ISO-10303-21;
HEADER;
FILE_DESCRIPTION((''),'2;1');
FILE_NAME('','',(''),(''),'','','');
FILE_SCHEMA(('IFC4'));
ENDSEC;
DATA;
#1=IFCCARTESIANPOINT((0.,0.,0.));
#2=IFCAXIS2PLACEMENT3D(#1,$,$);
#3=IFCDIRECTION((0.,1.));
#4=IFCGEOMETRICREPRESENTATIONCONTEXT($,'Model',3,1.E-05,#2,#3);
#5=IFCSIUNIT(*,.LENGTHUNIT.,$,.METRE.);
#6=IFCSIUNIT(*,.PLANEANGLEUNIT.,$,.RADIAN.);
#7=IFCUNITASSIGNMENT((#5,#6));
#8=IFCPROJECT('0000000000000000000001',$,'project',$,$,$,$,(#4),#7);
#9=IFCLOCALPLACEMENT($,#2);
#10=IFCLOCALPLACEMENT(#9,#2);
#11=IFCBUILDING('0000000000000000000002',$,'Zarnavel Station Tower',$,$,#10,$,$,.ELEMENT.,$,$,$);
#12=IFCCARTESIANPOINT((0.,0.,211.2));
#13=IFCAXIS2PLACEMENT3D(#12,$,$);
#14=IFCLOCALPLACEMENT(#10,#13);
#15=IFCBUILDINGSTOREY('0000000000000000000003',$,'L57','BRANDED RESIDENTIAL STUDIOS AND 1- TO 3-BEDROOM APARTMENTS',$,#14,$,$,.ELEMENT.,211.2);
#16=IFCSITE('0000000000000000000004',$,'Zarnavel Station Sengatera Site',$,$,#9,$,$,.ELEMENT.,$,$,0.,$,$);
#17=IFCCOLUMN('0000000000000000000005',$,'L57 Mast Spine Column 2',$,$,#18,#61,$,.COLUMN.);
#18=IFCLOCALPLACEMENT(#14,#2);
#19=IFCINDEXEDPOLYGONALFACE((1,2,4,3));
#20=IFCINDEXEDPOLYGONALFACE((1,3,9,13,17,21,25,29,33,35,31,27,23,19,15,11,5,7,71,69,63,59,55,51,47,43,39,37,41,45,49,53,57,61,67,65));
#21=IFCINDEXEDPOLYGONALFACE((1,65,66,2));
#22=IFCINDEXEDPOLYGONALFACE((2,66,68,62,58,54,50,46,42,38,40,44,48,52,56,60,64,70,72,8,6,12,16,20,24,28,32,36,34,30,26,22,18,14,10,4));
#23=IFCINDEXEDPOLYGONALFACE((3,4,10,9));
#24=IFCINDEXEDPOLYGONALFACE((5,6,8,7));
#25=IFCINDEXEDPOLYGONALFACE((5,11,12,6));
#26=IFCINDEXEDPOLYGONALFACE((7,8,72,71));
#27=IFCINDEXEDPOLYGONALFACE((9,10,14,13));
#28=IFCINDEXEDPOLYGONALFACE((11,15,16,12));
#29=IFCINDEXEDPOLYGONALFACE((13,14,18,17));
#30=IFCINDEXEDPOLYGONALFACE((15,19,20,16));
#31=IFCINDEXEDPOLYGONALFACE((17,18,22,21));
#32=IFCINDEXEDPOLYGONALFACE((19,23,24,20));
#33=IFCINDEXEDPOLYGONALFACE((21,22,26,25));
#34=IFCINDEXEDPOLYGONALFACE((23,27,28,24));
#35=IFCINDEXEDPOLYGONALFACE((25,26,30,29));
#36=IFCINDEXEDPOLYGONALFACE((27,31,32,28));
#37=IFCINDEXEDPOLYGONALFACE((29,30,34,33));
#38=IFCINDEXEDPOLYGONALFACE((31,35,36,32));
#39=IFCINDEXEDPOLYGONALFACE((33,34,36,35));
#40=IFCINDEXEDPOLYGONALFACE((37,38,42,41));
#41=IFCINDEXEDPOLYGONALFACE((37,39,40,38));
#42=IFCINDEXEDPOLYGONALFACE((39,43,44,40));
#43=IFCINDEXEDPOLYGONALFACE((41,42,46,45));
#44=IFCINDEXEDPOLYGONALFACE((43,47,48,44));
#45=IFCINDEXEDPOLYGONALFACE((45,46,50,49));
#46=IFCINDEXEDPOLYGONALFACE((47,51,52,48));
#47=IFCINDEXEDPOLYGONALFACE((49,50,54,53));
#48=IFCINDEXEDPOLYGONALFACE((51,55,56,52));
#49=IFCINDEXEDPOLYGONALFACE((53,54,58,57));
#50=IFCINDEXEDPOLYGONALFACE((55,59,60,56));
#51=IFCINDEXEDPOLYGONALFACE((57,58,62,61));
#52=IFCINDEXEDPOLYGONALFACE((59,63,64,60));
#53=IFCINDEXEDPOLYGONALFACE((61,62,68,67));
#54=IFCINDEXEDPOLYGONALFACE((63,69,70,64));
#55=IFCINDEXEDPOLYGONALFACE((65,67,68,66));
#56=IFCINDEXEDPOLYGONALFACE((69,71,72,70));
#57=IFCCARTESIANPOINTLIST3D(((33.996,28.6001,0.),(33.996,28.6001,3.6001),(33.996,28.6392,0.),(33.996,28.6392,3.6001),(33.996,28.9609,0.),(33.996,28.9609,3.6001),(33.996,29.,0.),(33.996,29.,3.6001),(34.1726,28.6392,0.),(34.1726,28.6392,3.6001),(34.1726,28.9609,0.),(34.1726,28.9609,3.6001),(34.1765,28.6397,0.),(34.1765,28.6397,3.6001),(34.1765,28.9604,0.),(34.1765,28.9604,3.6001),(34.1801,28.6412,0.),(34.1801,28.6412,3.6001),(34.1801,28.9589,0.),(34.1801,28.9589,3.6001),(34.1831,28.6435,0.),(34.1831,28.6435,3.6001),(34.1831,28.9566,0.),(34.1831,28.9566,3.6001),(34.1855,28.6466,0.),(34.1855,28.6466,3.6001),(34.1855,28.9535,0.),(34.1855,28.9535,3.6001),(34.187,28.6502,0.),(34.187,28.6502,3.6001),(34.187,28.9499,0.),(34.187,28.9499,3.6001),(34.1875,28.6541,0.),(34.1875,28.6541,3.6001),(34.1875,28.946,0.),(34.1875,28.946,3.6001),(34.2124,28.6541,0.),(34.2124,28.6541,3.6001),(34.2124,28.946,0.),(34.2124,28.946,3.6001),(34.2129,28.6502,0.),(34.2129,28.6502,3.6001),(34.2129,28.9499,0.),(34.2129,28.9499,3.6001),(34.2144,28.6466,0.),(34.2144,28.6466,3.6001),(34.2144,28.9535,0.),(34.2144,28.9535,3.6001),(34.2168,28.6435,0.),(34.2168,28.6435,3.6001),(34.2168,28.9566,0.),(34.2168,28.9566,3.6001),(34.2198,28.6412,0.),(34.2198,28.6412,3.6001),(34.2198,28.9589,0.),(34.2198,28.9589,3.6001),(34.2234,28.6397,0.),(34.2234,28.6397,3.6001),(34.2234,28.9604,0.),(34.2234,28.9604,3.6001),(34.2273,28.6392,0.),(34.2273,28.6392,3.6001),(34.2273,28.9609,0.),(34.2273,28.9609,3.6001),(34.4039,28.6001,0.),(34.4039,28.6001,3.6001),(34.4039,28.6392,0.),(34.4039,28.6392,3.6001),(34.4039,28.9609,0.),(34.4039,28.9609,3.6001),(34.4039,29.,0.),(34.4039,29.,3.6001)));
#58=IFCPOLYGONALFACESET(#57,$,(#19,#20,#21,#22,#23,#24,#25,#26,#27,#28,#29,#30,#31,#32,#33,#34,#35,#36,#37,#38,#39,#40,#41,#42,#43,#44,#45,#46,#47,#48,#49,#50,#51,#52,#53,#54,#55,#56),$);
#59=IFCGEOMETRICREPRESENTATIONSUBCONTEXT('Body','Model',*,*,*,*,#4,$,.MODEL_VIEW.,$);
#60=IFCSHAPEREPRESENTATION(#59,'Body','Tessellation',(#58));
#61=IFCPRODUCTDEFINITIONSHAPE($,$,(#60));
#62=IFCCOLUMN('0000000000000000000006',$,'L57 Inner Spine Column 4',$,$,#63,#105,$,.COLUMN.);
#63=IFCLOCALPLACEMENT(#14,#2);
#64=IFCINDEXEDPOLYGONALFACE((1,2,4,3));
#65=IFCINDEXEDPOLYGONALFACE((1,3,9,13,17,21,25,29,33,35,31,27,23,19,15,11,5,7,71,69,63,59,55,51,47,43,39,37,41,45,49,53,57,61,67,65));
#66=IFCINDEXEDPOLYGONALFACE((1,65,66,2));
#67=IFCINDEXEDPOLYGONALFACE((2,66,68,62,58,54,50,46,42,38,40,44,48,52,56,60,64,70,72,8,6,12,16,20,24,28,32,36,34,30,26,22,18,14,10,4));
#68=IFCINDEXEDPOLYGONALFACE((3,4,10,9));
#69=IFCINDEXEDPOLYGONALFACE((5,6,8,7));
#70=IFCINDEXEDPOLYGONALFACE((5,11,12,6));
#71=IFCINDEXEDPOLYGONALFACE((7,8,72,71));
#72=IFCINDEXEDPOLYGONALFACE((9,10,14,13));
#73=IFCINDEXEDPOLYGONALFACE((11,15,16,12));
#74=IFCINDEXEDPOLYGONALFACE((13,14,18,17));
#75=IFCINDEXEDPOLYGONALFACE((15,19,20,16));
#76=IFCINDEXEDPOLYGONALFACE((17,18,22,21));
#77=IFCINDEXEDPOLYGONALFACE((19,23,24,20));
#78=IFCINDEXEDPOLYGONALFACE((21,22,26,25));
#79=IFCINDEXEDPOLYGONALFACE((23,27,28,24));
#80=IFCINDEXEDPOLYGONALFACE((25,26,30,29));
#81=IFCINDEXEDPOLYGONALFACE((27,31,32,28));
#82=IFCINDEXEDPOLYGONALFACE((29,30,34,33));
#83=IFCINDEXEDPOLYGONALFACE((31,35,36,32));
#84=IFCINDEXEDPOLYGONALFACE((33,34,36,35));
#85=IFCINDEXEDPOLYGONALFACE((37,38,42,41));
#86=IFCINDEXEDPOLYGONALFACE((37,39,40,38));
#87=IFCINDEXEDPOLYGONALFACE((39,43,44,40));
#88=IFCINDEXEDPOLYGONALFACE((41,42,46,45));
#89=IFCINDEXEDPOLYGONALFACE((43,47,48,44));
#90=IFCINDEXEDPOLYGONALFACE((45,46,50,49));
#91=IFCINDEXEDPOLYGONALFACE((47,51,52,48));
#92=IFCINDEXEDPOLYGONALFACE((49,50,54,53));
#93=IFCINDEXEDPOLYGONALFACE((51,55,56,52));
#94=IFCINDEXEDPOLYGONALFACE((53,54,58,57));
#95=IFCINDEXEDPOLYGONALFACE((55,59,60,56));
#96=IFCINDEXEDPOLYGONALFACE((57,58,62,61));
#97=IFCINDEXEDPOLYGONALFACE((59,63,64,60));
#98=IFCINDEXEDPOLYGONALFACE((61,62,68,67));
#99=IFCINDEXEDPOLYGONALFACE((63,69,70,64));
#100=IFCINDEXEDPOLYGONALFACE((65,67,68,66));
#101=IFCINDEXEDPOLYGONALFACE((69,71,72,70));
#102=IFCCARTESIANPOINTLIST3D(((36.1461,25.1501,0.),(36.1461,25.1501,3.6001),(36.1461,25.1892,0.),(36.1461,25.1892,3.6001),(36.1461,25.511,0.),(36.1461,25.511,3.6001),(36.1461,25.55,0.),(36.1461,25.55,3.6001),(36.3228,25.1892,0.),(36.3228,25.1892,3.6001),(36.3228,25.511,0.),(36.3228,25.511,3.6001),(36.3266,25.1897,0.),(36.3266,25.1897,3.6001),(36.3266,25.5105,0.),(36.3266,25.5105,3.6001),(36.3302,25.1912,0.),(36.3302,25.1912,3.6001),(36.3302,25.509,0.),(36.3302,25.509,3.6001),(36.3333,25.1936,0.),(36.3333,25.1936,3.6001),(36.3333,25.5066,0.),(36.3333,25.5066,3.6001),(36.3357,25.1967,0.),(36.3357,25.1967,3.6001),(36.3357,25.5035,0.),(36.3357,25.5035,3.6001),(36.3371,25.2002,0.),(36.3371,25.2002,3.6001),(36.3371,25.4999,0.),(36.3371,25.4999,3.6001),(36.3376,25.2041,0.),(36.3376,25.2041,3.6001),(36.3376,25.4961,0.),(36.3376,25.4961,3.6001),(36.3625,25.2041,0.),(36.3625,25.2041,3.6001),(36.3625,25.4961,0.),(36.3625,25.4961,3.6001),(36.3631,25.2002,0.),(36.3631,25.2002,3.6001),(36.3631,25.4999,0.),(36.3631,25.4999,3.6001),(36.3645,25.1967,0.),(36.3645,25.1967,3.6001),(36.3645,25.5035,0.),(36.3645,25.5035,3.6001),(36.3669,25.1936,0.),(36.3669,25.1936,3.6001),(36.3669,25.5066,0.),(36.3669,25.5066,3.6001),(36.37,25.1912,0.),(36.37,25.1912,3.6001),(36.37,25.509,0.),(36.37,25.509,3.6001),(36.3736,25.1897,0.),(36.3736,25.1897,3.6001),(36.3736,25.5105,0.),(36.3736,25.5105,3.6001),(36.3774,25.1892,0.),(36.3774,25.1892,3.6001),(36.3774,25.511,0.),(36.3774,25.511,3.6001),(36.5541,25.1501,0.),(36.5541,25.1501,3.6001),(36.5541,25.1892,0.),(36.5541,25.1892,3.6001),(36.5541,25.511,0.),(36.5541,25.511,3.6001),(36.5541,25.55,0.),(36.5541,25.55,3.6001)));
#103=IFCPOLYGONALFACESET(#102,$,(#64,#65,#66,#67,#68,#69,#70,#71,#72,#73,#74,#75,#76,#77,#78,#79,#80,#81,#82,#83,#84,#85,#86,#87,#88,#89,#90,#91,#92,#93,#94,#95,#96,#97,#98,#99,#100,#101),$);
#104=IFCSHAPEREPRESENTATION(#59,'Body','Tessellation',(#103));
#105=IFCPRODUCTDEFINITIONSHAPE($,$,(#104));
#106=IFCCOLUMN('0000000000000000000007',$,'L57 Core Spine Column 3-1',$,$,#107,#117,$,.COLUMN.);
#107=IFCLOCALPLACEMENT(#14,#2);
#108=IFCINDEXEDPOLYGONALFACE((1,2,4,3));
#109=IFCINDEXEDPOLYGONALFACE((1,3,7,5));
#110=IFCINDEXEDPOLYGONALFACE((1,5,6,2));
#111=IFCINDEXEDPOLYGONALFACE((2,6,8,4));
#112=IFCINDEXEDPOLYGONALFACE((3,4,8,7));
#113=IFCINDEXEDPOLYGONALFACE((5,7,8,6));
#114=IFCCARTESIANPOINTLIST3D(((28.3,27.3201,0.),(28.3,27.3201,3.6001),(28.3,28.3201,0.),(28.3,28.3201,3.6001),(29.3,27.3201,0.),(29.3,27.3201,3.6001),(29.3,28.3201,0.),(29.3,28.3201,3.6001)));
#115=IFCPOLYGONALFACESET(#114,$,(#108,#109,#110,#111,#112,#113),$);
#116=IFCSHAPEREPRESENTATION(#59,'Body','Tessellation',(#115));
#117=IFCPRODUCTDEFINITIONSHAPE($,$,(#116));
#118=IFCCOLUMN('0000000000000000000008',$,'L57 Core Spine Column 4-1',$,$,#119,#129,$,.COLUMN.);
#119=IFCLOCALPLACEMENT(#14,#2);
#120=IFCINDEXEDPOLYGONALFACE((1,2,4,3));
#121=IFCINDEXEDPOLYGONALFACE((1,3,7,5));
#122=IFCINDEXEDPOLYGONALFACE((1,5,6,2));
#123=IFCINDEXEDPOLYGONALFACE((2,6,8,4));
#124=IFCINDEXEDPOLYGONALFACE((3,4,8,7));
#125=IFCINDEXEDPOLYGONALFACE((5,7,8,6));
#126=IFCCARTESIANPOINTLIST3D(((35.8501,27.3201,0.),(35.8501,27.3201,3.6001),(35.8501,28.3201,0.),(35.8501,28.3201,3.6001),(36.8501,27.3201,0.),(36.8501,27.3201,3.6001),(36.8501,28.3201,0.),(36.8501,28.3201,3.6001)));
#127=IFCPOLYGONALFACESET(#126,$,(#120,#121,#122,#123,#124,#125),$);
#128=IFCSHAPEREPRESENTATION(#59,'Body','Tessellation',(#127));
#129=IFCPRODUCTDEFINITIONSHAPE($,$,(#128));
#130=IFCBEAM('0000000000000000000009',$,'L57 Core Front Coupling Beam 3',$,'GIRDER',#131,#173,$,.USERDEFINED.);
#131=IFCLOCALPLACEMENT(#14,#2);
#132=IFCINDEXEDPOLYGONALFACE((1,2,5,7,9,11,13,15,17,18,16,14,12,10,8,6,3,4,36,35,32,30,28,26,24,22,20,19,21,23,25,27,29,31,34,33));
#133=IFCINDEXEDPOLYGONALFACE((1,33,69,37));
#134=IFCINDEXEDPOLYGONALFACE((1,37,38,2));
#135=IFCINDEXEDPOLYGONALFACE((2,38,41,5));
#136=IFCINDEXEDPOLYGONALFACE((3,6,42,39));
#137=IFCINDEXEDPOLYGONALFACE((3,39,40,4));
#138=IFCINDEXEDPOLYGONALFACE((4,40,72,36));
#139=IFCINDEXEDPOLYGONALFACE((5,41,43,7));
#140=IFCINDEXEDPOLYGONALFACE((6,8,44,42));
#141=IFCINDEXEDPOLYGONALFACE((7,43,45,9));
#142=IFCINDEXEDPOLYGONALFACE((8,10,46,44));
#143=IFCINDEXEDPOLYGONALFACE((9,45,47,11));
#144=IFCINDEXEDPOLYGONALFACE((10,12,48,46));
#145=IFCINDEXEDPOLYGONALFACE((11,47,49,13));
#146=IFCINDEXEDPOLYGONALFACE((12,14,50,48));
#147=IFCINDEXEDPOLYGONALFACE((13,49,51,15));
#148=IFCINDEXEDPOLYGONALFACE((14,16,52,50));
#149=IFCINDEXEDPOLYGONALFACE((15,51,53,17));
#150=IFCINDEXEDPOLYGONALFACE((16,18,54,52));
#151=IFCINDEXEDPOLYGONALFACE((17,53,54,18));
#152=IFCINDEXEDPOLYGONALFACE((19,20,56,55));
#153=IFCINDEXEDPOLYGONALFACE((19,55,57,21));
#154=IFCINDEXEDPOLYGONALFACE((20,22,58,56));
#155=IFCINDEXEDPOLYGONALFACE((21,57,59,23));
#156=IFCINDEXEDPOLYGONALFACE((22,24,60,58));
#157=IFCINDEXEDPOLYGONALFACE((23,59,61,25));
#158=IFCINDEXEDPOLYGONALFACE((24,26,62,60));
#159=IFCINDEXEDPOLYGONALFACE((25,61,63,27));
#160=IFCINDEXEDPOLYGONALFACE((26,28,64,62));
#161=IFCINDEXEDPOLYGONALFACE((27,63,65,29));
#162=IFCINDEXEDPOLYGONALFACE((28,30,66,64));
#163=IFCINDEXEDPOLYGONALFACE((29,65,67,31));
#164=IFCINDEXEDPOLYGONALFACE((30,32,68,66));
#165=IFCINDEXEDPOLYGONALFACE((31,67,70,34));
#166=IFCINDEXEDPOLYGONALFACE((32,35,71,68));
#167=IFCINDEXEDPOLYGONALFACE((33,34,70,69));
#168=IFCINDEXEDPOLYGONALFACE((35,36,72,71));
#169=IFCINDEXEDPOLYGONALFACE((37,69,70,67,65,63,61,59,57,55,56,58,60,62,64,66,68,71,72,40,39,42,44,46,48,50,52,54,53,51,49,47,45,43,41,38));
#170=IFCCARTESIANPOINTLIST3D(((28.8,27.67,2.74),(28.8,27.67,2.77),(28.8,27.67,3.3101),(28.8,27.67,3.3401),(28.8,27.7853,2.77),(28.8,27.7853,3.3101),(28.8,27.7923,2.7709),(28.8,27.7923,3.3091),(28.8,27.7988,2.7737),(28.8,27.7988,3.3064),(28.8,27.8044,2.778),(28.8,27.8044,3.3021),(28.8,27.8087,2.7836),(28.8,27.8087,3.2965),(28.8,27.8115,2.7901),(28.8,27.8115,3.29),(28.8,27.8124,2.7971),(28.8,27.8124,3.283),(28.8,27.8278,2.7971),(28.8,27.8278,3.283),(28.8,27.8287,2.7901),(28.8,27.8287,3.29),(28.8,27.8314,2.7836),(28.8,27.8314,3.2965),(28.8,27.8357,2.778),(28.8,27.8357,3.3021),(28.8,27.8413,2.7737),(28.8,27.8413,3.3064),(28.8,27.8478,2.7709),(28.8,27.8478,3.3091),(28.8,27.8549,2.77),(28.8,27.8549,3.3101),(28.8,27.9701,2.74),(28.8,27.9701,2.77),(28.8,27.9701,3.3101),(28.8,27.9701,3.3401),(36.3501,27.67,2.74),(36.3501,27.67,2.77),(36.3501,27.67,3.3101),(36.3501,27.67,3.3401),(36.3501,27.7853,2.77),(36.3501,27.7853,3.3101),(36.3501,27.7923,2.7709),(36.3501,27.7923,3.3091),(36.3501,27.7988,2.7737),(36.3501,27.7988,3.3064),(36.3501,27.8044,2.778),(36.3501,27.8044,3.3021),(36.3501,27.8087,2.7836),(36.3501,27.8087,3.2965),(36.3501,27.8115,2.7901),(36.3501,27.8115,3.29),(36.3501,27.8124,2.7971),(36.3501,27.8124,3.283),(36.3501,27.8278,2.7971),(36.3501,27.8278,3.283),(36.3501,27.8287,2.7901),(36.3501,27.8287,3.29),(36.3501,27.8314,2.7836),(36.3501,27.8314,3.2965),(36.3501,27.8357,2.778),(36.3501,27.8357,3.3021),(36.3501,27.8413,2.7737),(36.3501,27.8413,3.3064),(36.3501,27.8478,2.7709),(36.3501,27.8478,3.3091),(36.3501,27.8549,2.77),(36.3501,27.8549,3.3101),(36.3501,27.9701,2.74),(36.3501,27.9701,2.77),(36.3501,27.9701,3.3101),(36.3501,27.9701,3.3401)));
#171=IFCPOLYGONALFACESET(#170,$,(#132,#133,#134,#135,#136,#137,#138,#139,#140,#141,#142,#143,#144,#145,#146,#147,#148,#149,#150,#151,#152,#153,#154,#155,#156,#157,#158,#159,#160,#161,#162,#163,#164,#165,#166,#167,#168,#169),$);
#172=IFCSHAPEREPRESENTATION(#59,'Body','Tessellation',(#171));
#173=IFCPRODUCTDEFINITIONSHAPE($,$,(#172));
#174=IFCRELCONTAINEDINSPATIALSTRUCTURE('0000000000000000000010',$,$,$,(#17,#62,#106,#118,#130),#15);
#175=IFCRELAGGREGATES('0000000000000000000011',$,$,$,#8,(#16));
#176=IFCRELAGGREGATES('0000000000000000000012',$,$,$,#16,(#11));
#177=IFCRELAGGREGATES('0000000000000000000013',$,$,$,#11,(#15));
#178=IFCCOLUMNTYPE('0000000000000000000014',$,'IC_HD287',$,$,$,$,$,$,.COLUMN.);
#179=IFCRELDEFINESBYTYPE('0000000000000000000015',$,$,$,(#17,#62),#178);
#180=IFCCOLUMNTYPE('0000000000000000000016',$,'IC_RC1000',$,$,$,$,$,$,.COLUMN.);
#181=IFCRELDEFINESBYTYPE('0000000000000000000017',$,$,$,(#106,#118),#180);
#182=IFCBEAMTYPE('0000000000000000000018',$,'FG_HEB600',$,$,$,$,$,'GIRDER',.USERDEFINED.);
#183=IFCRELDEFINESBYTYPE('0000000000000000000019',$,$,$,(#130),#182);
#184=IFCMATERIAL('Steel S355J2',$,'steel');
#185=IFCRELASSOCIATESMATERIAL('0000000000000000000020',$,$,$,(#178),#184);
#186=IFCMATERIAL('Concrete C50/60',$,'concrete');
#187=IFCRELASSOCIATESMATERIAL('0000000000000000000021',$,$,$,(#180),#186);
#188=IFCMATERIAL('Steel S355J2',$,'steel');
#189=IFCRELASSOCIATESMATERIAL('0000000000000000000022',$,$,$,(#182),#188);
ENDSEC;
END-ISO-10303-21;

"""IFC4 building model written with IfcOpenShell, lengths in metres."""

from ifc_helpers import new_model, si_unit, direction, frame, origin, origin_2d, place, context, subcontext, project, spatial, rectangle, i_section, extrude, material, material_profile, profile_set, type_object, element, save


model = new_model("IFC4")

# Units and contexts
model_context = context("Model", 3, precision=1e-05, world=origin(), true_north=direction((0.0, 1.0)))
body_context = subcontext(model_context, "Body", "Model", "MODEL_VIEW")
ifc_project = project(units=[si_unit("LENGTHUNIT", "METRE"), si_unit("PLANEANGLEUNIT", "RADIAN")], contexts=[model_context])

# Site, building, storey
site_placement = place(None, origin())
site = spatial("IfcSite", under=ifc_project, at=site_placement, Name="Zarnavel Station Sengatera Site", CompositionType="ELEMENT", RefElevation=0.0)
building_placement = place(site_placement, origin())
building = spatial("IfcBuilding", under=site, at=building_placement, Name="Zarnavel Station Tower", CompositionType="ELEMENT")
storey_placement = place(building_placement, frame((0.0, 0.0, 211.2)))
storey = spatial("IfcBuildingStorey", under=building, at=storey_placement, Name="L57", Description="BRANDED RESIDENTIAL STUDIOS AND 1- TO 3-BEDROOM APARTMENTS", CompositionType="ELEMENT", Elevation=211.2)

# Columns
ifc_material_1 = material(Name="Steel S355J2", Category="steel")
ifc_material_profile_1 = material_profile(ifc_material_1, i_section(OverallWidth=0.408, OverallDepth=0.3999, WebThickness=0.0249, FlangeThickness=0.0391, FilletRadius=0.0149, at=origin_2d()), Name="HD400x287")
ifc_profile_set_1 = profile_set([ifc_material_profile_1], Name="Steel S355J2")
column_type_1 = type_object("IfcColumnType", Name="IC_HD287", PredefinedType="COLUMN", material=ifc_profile_set_1)
for number, where, z_axis, x_axis, name in (
    (1, (34.2, 28.8, 0.0), (0.0, 0.0, 1.0), (1.0, 0.0, 0.0), "L57 Mast Spine Column 2"),
    (2, (36.3501, 25.3501, 0.0), (0.0, 0.0, 1.0), (1.0, 0.0, 0.0), "L57 Inner Spine Column 4"),
):
    element("IfcColumn", number, at=place(storey_placement, frame(where, z_axis=z_axis, x_axis=x_axis)), inside=storey, type_object=column_type_1, Name=name, PredefinedType="COLUMN", context=body_context, shape_type="SweptSolid", body=[
        extrude(i_section(OverallWidth=0.408, OverallDepth=0.3999, WebThickness=0.0249, FlangeThickness=0.0391, FilletRadius=0.0149, at=origin_2d()), origin(), (0.0, 0.0, 1.0), 3.6001),
    ])
ifc_material_2 = material(Name="Concrete C50/60", Category="concrete")
ifc_material_profile_2 = material_profile(ifc_material_2, rectangle(XDim=1.0, YDim=1.0, at=origin_2d()), Name="RC1000x1000")
ifc_profile_set_2 = profile_set([ifc_material_profile_2], Name="Concrete C50/60")
column_type_2 = type_object("IfcColumnType", Name="IC_RC1000", PredefinedType="COLUMN", material=ifc_profile_set_2)
for number, where, z_axis, x_axis, name in (
    (3, (28.8, 27.8201, 0.0), (0.0, 0.0, 1.0), (1.0, 0.0, 0.0), "L57 Core Spine Column 3-1"),
    (4, (36.3501, 27.8201, 0.0), (0.0, 0.0, 1.0), (1.0, 0.0, 0.0), "L57 Core Spine Column 4-1"),
):
    element("IfcColumn", number, at=place(storey_placement, frame(where, z_axis=z_axis, x_axis=x_axis)), inside=storey, type_object=column_type_2, Name=name, PredefinedType="COLUMN", context=body_context, shape_type="SweptSolid", body=[
        extrude(rectangle(XDim=1.0, YDim=1.0, at=origin_2d()), origin(), (0.0, 0.0, 1.0), 3.6001),
    ])

# Beam
ifc_material_3 = material(Name="Steel S355J2", Category="steel")
ifc_material_profile_3 = material_profile(ifc_material_3, i_section(OverallWidth=0.3, OverallDepth=0.6001, WebThickness=0.0154, FlangeThickness=0.03, FilletRadius=0.0271, at=origin_2d()), Name="HEB600")
ifc_profile_set_3 = profile_set([ifc_material_profile_3], Name="Steel S355J2")
beam_type_1 = type_object("IfcBeamType", Name="FG_HEB600", ElementType="GIRDER", PredefinedType="USERDEFINED", material=ifc_profile_set_3)
beam_1_placement = place(storey_placement, frame((28.8, 27.8201, 3.04), z_axis=(1.0, 0.0, 0.0), x_axis=(0.0, 1.0, 0.0)))
element("IfcBeam", 5, at=beam_1_placement, inside=storey, type_object=beam_type_1, Name="L57 Core Front Coupling Beam 3", ObjectType="GIRDER", PredefinedType="USERDEFINED", context=body_context, shape_type="SweptSolid", body=[
    extrude(i_section(OverallWidth=0.3, OverallDepth=0.6001, WebThickness=0.0154, FlangeThickness=0.03, FilletRadius=0.0271, at=origin_2d()), origin(), (0.0, 0.0, 1.0), 7.55),
])

save(model, "model.ifc")
